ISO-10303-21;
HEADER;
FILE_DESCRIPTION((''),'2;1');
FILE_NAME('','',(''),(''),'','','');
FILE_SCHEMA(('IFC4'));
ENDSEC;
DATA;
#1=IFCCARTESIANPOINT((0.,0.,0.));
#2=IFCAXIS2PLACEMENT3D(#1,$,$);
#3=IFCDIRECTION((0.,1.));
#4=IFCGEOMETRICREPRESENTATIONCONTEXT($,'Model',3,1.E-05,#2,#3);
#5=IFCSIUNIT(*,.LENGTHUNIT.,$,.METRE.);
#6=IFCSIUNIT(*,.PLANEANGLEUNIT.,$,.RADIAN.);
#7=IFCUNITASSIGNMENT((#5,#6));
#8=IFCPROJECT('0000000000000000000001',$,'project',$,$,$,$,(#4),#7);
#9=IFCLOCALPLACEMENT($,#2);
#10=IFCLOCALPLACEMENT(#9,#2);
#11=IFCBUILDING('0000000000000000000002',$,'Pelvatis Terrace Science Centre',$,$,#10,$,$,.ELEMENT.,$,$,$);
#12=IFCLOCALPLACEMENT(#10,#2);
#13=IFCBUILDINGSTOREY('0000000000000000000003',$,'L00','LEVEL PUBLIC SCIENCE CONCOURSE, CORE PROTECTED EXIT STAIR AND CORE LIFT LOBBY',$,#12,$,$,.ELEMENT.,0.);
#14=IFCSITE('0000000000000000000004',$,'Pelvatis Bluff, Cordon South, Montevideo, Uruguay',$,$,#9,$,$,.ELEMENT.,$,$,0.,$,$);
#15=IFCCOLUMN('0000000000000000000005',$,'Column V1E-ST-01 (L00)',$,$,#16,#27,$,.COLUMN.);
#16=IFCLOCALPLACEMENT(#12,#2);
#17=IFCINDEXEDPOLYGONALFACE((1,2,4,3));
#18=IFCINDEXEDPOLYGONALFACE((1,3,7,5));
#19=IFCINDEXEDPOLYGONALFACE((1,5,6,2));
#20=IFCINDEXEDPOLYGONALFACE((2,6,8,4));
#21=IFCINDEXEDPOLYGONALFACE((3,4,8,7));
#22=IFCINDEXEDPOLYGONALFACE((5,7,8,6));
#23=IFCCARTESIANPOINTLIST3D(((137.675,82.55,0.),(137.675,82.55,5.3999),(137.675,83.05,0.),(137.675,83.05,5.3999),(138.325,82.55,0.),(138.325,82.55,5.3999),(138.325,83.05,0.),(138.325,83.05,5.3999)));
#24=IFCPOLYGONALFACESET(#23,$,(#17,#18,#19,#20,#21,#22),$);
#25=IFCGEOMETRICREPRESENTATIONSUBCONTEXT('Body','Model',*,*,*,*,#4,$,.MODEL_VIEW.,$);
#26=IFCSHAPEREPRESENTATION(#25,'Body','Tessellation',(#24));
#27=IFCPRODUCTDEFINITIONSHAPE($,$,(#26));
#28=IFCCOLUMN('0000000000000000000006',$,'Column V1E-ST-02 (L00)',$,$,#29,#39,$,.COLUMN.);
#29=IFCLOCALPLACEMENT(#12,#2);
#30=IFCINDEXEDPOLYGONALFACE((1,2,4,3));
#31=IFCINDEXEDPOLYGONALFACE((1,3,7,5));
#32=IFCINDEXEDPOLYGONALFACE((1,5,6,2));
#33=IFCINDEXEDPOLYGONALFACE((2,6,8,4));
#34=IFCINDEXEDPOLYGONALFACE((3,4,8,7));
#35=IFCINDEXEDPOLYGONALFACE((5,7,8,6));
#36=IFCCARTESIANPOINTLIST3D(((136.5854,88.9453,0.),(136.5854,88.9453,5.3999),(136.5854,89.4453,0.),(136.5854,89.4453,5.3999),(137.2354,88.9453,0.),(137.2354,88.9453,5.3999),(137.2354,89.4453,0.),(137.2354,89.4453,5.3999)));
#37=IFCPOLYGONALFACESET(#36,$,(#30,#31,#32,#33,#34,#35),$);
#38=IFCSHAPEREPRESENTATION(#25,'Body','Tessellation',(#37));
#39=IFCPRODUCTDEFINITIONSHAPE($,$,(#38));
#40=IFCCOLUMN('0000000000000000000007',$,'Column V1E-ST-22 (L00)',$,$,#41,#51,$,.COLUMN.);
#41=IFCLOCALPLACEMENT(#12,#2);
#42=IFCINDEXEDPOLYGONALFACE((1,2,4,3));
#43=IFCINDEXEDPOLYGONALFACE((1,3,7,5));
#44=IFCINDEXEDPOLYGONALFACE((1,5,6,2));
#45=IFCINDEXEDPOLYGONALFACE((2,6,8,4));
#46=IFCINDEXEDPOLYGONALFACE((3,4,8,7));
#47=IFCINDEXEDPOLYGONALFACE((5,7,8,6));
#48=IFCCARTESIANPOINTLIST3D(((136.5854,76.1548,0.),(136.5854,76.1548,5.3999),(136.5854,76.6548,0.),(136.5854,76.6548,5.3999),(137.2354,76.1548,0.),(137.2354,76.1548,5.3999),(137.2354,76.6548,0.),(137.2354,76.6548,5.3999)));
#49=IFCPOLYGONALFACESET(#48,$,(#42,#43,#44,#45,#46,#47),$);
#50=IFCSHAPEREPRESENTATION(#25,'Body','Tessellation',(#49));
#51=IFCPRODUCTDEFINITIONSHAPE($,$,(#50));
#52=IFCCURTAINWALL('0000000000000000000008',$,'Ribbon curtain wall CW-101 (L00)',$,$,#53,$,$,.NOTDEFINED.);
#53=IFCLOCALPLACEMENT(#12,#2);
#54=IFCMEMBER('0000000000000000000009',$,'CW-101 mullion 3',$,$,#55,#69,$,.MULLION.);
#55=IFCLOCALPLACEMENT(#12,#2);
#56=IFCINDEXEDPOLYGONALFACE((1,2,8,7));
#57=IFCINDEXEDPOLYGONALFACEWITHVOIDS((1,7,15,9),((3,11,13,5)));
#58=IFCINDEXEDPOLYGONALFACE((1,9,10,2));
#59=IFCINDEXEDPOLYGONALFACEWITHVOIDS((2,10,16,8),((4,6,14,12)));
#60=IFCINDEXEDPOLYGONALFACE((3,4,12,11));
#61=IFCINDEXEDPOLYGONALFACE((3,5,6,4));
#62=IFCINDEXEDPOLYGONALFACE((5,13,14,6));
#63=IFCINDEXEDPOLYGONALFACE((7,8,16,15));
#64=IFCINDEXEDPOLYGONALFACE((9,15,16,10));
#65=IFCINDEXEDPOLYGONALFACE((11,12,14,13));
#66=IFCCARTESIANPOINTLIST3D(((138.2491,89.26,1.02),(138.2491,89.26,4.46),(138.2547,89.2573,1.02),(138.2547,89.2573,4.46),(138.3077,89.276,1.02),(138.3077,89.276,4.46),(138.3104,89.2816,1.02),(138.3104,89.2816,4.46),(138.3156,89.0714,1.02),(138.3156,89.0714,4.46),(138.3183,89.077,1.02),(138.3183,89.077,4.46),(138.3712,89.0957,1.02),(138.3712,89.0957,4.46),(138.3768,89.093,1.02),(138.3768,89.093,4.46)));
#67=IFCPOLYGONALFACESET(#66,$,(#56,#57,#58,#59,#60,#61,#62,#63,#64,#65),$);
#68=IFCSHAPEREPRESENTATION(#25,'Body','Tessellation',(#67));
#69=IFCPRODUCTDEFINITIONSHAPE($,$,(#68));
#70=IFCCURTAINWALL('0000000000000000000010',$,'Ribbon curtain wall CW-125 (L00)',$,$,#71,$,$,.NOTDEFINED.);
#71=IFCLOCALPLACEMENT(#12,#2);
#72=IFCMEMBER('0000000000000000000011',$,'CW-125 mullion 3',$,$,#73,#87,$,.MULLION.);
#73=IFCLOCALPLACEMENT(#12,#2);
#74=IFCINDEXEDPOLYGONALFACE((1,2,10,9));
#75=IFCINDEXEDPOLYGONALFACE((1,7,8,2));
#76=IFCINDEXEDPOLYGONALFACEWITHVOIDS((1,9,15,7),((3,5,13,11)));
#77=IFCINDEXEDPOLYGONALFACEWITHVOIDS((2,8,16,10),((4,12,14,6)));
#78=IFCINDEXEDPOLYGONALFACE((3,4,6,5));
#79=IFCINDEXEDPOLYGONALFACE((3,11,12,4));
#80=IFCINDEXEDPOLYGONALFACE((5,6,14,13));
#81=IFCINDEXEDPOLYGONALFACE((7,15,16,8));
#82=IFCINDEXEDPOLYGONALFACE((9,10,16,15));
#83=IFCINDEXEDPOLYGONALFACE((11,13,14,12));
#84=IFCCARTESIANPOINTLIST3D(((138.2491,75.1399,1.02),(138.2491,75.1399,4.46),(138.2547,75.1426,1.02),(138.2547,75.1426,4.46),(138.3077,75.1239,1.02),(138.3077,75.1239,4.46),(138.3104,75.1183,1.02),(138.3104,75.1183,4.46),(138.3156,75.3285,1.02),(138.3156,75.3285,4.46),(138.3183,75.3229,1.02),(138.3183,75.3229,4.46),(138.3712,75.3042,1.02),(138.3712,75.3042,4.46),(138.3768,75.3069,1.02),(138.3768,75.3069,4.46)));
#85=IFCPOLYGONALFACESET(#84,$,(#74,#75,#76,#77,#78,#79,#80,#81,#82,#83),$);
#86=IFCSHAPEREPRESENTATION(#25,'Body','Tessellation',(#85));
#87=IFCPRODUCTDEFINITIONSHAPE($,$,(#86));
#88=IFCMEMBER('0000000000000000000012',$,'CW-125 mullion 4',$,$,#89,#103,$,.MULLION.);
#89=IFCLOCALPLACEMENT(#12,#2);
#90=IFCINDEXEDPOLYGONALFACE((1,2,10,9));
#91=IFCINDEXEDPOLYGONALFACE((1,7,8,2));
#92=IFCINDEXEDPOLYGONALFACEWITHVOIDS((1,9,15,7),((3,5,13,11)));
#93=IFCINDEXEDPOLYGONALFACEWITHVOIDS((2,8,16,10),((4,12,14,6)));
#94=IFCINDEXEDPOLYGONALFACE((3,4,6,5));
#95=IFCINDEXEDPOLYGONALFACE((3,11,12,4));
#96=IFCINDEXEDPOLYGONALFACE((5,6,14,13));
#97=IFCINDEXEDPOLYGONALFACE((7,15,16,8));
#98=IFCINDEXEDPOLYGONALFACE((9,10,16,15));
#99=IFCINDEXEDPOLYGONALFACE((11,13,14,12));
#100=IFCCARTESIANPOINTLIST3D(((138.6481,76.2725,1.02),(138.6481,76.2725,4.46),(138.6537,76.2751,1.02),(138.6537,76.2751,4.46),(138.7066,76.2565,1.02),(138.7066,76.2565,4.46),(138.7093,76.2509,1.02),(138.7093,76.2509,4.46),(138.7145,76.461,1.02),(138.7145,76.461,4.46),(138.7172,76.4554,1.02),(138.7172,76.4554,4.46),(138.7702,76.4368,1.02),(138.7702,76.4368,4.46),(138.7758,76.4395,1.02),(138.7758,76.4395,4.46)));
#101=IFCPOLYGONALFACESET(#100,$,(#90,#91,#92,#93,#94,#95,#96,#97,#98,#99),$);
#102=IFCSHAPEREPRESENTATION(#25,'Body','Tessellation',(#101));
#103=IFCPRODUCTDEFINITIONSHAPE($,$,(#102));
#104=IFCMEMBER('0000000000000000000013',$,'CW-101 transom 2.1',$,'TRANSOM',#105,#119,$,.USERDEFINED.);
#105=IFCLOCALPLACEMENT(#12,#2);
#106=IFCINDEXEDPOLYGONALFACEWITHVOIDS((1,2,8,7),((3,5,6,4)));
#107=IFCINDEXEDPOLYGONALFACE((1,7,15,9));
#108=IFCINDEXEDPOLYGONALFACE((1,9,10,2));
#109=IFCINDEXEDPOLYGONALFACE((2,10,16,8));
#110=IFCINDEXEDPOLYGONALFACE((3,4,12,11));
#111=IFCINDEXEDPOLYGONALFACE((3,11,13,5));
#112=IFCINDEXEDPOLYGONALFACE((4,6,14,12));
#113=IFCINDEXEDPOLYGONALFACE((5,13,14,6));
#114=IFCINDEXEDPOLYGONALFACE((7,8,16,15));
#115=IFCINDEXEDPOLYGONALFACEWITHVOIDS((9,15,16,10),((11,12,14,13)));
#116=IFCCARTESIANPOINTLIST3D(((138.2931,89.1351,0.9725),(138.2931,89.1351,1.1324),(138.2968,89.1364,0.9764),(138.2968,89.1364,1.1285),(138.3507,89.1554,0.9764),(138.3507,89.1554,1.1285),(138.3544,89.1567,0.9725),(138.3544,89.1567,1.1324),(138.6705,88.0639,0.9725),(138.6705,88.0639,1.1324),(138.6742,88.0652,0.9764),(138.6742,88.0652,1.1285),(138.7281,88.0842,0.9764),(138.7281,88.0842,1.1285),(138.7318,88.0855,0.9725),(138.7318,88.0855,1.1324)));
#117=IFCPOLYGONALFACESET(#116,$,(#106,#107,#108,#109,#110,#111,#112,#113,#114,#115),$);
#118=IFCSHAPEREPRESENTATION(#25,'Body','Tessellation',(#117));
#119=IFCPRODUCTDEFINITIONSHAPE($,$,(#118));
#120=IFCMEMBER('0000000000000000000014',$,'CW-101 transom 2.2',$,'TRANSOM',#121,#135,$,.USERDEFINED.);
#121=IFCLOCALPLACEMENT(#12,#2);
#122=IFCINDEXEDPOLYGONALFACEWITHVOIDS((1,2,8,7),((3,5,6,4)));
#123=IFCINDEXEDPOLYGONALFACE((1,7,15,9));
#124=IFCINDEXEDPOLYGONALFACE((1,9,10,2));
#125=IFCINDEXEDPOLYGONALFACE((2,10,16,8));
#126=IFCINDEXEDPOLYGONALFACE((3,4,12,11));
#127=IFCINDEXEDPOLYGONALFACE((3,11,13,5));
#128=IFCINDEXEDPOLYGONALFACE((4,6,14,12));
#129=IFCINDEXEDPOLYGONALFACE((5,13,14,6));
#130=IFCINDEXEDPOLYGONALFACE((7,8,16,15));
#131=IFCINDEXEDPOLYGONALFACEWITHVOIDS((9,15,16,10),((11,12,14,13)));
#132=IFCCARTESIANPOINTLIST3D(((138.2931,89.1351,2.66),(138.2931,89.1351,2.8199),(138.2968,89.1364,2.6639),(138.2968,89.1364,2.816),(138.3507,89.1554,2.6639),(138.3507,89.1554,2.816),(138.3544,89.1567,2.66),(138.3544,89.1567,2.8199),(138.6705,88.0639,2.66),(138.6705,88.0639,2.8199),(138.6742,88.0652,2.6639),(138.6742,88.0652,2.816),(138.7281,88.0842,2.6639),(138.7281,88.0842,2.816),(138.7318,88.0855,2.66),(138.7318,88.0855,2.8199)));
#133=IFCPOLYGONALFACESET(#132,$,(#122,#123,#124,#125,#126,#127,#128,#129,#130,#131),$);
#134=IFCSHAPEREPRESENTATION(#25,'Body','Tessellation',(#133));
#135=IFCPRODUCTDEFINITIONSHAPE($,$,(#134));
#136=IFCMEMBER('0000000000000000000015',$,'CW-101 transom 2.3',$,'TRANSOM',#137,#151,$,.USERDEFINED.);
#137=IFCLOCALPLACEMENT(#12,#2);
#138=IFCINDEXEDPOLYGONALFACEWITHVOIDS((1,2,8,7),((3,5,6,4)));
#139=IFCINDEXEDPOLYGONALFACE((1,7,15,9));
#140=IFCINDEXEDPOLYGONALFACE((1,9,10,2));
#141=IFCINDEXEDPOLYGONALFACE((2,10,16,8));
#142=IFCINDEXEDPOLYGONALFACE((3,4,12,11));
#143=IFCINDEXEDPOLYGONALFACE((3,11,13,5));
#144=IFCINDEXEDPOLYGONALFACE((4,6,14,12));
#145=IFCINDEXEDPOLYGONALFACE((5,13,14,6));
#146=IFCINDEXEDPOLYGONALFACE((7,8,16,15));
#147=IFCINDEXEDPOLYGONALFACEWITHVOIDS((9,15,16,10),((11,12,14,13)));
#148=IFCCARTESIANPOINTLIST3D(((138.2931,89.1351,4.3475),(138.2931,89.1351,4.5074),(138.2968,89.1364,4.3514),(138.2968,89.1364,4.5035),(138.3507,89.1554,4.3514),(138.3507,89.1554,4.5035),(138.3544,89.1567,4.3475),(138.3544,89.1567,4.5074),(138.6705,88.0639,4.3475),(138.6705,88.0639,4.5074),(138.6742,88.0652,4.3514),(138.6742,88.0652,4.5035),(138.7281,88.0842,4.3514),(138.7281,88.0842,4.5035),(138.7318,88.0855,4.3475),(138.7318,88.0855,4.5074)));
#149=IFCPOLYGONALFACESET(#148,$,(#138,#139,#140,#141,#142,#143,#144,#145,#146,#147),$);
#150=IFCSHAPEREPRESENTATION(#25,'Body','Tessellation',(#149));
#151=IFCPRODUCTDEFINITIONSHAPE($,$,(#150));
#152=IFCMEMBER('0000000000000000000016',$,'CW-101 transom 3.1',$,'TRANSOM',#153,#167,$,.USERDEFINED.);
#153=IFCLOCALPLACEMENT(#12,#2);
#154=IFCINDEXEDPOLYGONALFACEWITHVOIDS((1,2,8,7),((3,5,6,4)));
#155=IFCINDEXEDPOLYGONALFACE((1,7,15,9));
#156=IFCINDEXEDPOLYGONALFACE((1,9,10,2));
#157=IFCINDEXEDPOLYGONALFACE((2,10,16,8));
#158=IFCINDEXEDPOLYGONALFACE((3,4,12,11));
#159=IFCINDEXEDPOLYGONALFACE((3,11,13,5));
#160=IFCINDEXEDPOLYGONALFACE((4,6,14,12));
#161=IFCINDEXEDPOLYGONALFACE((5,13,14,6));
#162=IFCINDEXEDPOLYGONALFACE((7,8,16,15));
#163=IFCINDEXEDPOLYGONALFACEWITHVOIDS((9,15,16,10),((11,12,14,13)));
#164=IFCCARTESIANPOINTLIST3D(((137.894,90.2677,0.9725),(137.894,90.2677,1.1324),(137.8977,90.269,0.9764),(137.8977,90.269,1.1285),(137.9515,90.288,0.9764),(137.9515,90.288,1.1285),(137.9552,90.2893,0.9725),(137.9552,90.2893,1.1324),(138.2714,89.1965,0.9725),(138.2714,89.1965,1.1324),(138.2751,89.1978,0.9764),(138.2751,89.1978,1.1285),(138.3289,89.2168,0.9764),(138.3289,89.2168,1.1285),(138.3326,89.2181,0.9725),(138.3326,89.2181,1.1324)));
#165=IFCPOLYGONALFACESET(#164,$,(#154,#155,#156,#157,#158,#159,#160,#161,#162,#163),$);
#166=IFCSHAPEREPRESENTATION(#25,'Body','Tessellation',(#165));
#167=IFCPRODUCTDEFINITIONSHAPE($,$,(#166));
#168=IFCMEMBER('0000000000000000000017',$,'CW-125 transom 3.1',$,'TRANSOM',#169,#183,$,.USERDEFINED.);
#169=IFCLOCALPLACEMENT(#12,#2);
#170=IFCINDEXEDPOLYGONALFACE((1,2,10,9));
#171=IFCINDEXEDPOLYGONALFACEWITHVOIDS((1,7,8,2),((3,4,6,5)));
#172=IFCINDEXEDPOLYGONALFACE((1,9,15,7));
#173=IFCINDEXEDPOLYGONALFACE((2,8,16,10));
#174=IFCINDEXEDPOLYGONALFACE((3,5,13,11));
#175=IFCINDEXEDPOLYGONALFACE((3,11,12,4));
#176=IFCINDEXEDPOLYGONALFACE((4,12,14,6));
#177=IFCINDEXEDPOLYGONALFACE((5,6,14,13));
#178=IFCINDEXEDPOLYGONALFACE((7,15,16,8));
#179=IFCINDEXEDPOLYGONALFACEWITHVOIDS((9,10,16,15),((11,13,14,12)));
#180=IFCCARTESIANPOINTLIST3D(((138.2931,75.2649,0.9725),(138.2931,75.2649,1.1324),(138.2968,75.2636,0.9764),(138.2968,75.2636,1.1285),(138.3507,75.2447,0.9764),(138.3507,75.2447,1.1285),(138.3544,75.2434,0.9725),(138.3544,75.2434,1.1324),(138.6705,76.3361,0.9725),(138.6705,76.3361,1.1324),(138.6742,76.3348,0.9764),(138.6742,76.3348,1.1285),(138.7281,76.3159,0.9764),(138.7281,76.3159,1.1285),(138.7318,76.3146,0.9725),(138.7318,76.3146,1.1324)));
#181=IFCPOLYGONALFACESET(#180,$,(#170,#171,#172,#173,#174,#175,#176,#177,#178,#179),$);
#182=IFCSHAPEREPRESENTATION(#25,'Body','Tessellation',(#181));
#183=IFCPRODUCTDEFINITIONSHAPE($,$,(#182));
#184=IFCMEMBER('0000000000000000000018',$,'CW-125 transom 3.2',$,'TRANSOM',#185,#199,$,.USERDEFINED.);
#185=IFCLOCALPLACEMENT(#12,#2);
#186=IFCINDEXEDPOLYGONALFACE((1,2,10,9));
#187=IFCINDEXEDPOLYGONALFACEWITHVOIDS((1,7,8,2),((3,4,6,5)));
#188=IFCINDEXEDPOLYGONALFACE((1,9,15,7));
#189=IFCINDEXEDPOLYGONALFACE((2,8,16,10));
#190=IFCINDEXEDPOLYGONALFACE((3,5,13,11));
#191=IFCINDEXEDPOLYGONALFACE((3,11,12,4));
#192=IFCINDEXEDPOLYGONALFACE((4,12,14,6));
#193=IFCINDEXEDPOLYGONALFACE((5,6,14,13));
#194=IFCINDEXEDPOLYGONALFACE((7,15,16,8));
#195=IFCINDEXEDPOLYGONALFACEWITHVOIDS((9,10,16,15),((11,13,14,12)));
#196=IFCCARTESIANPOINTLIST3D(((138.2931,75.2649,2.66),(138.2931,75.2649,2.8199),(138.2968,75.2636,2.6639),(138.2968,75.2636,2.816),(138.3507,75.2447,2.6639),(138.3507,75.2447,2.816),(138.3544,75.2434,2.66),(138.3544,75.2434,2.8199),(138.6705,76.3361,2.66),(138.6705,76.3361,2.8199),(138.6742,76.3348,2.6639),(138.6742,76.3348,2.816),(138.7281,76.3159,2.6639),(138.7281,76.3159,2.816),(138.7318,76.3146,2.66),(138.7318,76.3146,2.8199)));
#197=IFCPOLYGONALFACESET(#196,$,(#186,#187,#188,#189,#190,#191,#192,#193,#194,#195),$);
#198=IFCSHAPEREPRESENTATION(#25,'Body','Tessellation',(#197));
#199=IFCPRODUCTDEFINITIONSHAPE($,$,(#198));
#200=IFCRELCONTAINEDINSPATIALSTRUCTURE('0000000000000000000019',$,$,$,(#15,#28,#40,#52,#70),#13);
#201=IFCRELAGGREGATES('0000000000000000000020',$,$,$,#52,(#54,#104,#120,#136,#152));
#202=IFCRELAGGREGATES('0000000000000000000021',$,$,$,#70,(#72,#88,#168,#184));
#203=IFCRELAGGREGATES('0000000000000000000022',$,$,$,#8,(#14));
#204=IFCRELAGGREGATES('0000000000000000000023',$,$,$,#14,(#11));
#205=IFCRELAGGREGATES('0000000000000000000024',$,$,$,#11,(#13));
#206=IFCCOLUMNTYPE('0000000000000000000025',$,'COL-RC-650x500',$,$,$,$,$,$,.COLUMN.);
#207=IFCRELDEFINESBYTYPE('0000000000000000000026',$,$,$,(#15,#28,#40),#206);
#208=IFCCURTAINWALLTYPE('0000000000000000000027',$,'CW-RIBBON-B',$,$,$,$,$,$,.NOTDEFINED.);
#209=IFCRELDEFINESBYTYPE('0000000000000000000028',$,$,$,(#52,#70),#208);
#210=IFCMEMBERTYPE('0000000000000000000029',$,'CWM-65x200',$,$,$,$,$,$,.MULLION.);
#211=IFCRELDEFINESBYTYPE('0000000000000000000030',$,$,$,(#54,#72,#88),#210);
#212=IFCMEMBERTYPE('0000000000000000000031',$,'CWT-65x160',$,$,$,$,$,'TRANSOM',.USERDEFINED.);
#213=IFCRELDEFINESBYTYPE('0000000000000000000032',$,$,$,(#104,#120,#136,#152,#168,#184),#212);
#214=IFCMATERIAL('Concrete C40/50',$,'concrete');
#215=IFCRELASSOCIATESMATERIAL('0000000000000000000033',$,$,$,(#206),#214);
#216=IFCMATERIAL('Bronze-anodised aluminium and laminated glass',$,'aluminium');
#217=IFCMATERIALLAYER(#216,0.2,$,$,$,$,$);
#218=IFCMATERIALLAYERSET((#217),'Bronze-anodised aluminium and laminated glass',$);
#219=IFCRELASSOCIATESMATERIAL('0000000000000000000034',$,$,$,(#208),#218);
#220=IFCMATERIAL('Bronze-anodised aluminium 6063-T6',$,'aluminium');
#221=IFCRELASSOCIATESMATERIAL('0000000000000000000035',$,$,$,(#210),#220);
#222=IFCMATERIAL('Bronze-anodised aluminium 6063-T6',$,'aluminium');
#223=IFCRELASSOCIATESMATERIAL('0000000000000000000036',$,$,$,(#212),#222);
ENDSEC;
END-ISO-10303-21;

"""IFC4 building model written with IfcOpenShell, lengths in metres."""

from ifc_helpers import new_model, si_unit, direction, frame, origin, origin_2d, place, context, subcontext, project, spatial, rectangle, hollow_rectangle, extrude, material, layer, layer_set, material_profile, profile_set, type_object, element, aggregate, save


model = new_model("IFC4")

# Units and contexts
model_context = context("Model", 3, precision=1e-05, world=origin(), true_north=direction((0.0, 1.0)))
body_context = subcontext(model_context, "Body", "Model", "MODEL_VIEW")
ifc_project = project(units=[si_unit("LENGTHUNIT", "METRE"), si_unit("PLANEANGLEUNIT", "RADIAN")], contexts=[model_context])

# Site, building, storey
site_placement = place(None, origin())
site = spatial("IfcSite", under=ifc_project, at=site_placement, Name="Pelvatis Bluff, Cordon South, Montevideo, Uruguay", CompositionType="ELEMENT", RefElevation=0.0)
building_placement = place(site_placement, origin())
building = spatial("IfcBuilding", under=site, at=building_placement, Name="Pelvatis Terrace Science Centre", CompositionType="ELEMENT")
storey_placement = place(building_placement, origin())
storey = spatial("IfcBuildingStorey", under=building, at=storey_placement, Name="L00", Description="LEVEL PUBLIC SCIENCE CONCOURSE, CORE PROTECTED EXIT STAIR AND CORE LIFT LOBBY", CompositionType="ELEMENT", Elevation=0.0)

# Columns
ifc_material_1 = material(Name="Concrete C40/50", Category="concrete")
ifc_material_profile_1 = material_profile(ifc_material_1, rectangle(XDim=0.6499, YDim=0.5, at=origin_2d()), Name="RC-COL 650x500")
ifc_profile_set_1 = profile_set([ifc_material_profile_1], Name="Concrete C40/50")
column_type = type_object("IfcColumnType", Name="COL-RC-650x500", PredefinedType="COLUMN", material=ifc_profile_set_1)
for number, where, z_axis, x_axis, name in (
    (1, (138.0, 82.8, 0.0), (0.0, 0.0, 1.0), (1.0, 0.0, 0.0), "Column V1E-ST-01 (L00)"),
    (2, (136.9104, 89.1953, 0.0), (0.0, 0.0, 1.0), (1.0, 0.0, 0.0), "Column V1E-ST-02 (L00)"),
    (3, (136.9104, 76.4048, 0.0), (0.0, 0.0, 1.0), (1.0, 0.0, 0.0), "Column V1E-ST-22 (L00)"),
):
    element("IfcColumn", number, at=place(storey_placement, frame(where, z_axis=z_axis, x_axis=x_axis)), inside=storey, type_object=column_type, Name=name, PredefinedType="COLUMN", context=body_context, shape_type="SweptSolid", body=[
        extrude(rectangle(XDim=0.6499, YDim=0.5, at=origin_2d()), origin(), (0.0, 0.0, 1.0), 5.3999),
    ])

# Curtain wall, member
ifc_material_2 = material(Name="Bronze-anodised aluminium and laminated glass", Category="aluminium")
ifc_layer_1 = layer(ifc_material_2, 0.2)
ifc_layer_set_1 = layer_set([ifc_layer_1], Name="Bronze-anodised aluminium and laminated glass")
curtain_wall_type = type_object("IfcCurtainWallType", Name="CW-RIBBON-B", PredefinedType="NOTDEFINED", material=ifc_layer_set_1)
curtain_wall_1_placement = place(storey_placement, origin())
curtain_wall_1 = element("IfcCurtainWall", 4, at=curtain_wall_1_placement, inside=storey, type_object=curtain_wall_type, Name="Ribbon curtain wall CW-101 (L00)", PredefinedType="NOTDEFINED")
ifc_material_3 = material(Name="Bronze-anodised aluminium 6063-T6", Category="aluminium")
ifc_material_profile_2 = material_profile(ifc_material_3, hollow_rectangle(XDim=0.0649, YDim=0.2, WallThickness=0.0044, at=origin_2d()), Name="ALU-MUL 65x200")
ifc_profile_set_2 = profile_set([ifc_material_profile_2], Name="Bronze-anodised aluminium 6063-T6")
member_type_1 = type_object("IfcMemberType", Name="CWM-65x200", PredefinedType="MULLION", material=ifc_profile_set_2)
member_1_placement = place(storey_placement, frame((138.313, 89.1765, 1.02), z_axis=(0.0, 0.0, 1.0), x_axis=(-0.943171, -0.332308, 0.0)))
member_1 = element("IfcMember", 5, at=member_1_placement, type_object=member_type_1, Name="CW-101 mullion 3", PredefinedType="MULLION", context=body_context, shape_type="SweptSolid", body=[
    extrude(hollow_rectangle(XDim=0.0649, YDim=0.2, WallThickness=0.0044, at=origin_2d()), origin(), (0.0, 0.0, 1.0), 3.4399),
])

# Curtain wall, members
curtain_wall_2_placement = place(storey_placement, origin())
curtain_wall_2 = element("IfcCurtainWall", 6, at=curtain_wall_2_placement, inside=storey, type_object=curtain_wall_type, Name="Ribbon curtain wall CW-125 (L00)", PredefinedType="NOTDEFINED")
member_2_placement = place(storey_placement, frame((138.313, 75.2234, 1.02), z_axis=(0.0, 0.0, 1.0), x_axis=(-0.943171, 0.332308, 0.0)))
member_2 = element("IfcMember", 7, at=member_2_placement, type_object=member_type_1, Name="CW-125 mullion 3", PredefinedType="MULLION", context=body_context, shape_type="SweptSolid", body=[
    extrude(hollow_rectangle(XDim=0.0649, YDim=0.2, WallThickness=0.0044, at=origin_2d()), origin(), (0.0, 0.0, 1.0), 3.4399),
])
member_3_placement = place(storey_placement, frame((138.7119, 76.356, 1.02), z_axis=(0.0, 0.0, 1.0), x_axis=(-0.943171, 0.332308, 0.0)))
member_3 = element("IfcMember", 8, at=member_3_placement, type_object=member_type_1, Name="CW-125 mullion 4", PredefinedType="MULLION", context=body_context, shape_type="SweptSolid", body=[
    extrude(hollow_rectangle(XDim=0.0649, YDim=0.2, WallThickness=0.0044, at=origin_2d()), origin(), (0.0, 0.0, 1.0), 3.4399),
])

# Members
ifc_material_4 = material(Name="Bronze-anodised aluminium 6063-T6", Category="aluminium")
ifc_material_profile_3 = material_profile(ifc_material_4, hollow_rectangle(XDim=0.0649, YDim=0.1599, WallThickness=0.0039, at=origin_2d()), Name="ALU-TRN 65x160")
ifc_profile_set_3 = profile_set([ifc_material_profile_3], Name="Bronze-anodised aluminium 6063-T6")
member_type_2 = type_object("IfcMemberType", Name="CWT-65x160", ElementType="TRANSOM", PredefinedType="USERDEFINED", material=ifc_profile_set_3)
member_4_placement = place(storey_placement, frame((138.7012, 88.0747, 1.0525), z_axis=(-0.332303, 0.943173, 0.0), x_axis=(-0.943173, -0.332303, 0.0)))
member_4 = element("IfcMember", 9, at=member_4_placement, type_object=member_type_2, Name="CW-101 transom 2.1", ObjectType="TRANSOM", PredefinedType="USERDEFINED", context=body_context, shape_type="SweptSolid", body=[
    extrude(hollow_rectangle(XDim=0.0649, YDim=0.1599, WallThickness=0.0039, at=origin_2d()), origin(), (0.0, 0.0, 1.0), 1.1357),
])
member_5_placement = place(storey_placement, frame((138.7012, 88.0747, 2.74), z_axis=(-0.332303, 0.943173, 0.0), x_axis=(-0.943173, -0.332303, 0.0)))
member_5 = element("IfcMember", 10, at=member_5_placement, type_object=member_type_2, Name="CW-101 transom 2.2", ObjectType="TRANSOM", PredefinedType="USERDEFINED", context=body_context, shape_type="SweptSolid", body=[
    extrude(hollow_rectangle(XDim=0.0649, YDim=0.1599, WallThickness=0.0039, at=origin_2d()), origin(), (0.0, 0.0, 1.0), 1.1357),
])
member_6_placement = place(storey_placement, frame((138.7012, 88.0747, 4.4275), z_axis=(-0.332303, 0.943173, 0.0), x_axis=(-0.943173, -0.332303, 0.0)))
member_6 = element("IfcMember", 11, at=member_6_placement, type_object=member_type_2, Name="CW-101 transom 2.3", ObjectType="TRANSOM", PredefinedType="USERDEFINED", context=body_context, shape_type="SweptSolid", body=[
    extrude(hollow_rectangle(XDim=0.0649, YDim=0.1599, WallThickness=0.0039, at=origin_2d()), origin(), (0.0, 0.0, 1.0), 1.1357),
])
member_7_placement = place(storey_placement, frame((138.302, 89.2073, 1.0525), z_axis=(-0.332303, 0.943173, 0.0), x_axis=(-0.943173, -0.332303, 0.0)))
member_7 = element("IfcMember", 12, at=member_7_placement, type_object=member_type_2, Name="CW-101 transom 3.1", ObjectType="TRANSOM", PredefinedType="USERDEFINED", context=body_context, shape_type="SweptSolid", body=[
    extrude(hollow_rectangle(XDim=0.0649, YDim=0.1599, WallThickness=0.0039, at=origin_2d()), origin(), (0.0, 0.0, 1.0), 1.1357),
])
member_8_placement = place(storey_placement, frame((138.3237, 75.2542, 1.0525), z_axis=(0.332303, 0.943173, 0.0), x_axis=(-0.943173, 0.332303, 0.0)))
member_8 = element("IfcMember", 13, at=member_8_placement, type_object=member_type_2, Name="CW-125 transom 3.1", ObjectType="TRANSOM", PredefinedType="USERDEFINED", context=body_context, shape_type="SweptSolid", body=[
    extrude(hollow_rectangle(XDim=0.0649, YDim=0.1599, WallThickness=0.0039, at=origin_2d()), origin(), (0.0, 0.0, 1.0), 1.1357),
])
member_9_placement = place(storey_placement, frame((138.3237, 75.2542, 2.74), z_axis=(0.332303, 0.943173, 0.0), x_axis=(-0.943173, 0.332303, 0.0)))
member_9 = element("IfcMember", 14, at=member_9_placement, type_object=member_type_2, Name="CW-125 transom 3.2", ObjectType="TRANSOM", PredefinedType="USERDEFINED", context=body_context, shape_type="SweptSolid", body=[
    extrude(hollow_rectangle(XDim=0.0649, YDim=0.1599, WallThickness=0.0039, at=origin_2d()), origin(), (0.0, 0.0, 1.0), 1.1357),
])

aggregate(curtain_wall_1, [member_1, member_4, member_5, member_6, member_7])
aggregate(curtain_wall_2, [member_2, member_3, member_8, member_9])

save(model, "model.ifc")
